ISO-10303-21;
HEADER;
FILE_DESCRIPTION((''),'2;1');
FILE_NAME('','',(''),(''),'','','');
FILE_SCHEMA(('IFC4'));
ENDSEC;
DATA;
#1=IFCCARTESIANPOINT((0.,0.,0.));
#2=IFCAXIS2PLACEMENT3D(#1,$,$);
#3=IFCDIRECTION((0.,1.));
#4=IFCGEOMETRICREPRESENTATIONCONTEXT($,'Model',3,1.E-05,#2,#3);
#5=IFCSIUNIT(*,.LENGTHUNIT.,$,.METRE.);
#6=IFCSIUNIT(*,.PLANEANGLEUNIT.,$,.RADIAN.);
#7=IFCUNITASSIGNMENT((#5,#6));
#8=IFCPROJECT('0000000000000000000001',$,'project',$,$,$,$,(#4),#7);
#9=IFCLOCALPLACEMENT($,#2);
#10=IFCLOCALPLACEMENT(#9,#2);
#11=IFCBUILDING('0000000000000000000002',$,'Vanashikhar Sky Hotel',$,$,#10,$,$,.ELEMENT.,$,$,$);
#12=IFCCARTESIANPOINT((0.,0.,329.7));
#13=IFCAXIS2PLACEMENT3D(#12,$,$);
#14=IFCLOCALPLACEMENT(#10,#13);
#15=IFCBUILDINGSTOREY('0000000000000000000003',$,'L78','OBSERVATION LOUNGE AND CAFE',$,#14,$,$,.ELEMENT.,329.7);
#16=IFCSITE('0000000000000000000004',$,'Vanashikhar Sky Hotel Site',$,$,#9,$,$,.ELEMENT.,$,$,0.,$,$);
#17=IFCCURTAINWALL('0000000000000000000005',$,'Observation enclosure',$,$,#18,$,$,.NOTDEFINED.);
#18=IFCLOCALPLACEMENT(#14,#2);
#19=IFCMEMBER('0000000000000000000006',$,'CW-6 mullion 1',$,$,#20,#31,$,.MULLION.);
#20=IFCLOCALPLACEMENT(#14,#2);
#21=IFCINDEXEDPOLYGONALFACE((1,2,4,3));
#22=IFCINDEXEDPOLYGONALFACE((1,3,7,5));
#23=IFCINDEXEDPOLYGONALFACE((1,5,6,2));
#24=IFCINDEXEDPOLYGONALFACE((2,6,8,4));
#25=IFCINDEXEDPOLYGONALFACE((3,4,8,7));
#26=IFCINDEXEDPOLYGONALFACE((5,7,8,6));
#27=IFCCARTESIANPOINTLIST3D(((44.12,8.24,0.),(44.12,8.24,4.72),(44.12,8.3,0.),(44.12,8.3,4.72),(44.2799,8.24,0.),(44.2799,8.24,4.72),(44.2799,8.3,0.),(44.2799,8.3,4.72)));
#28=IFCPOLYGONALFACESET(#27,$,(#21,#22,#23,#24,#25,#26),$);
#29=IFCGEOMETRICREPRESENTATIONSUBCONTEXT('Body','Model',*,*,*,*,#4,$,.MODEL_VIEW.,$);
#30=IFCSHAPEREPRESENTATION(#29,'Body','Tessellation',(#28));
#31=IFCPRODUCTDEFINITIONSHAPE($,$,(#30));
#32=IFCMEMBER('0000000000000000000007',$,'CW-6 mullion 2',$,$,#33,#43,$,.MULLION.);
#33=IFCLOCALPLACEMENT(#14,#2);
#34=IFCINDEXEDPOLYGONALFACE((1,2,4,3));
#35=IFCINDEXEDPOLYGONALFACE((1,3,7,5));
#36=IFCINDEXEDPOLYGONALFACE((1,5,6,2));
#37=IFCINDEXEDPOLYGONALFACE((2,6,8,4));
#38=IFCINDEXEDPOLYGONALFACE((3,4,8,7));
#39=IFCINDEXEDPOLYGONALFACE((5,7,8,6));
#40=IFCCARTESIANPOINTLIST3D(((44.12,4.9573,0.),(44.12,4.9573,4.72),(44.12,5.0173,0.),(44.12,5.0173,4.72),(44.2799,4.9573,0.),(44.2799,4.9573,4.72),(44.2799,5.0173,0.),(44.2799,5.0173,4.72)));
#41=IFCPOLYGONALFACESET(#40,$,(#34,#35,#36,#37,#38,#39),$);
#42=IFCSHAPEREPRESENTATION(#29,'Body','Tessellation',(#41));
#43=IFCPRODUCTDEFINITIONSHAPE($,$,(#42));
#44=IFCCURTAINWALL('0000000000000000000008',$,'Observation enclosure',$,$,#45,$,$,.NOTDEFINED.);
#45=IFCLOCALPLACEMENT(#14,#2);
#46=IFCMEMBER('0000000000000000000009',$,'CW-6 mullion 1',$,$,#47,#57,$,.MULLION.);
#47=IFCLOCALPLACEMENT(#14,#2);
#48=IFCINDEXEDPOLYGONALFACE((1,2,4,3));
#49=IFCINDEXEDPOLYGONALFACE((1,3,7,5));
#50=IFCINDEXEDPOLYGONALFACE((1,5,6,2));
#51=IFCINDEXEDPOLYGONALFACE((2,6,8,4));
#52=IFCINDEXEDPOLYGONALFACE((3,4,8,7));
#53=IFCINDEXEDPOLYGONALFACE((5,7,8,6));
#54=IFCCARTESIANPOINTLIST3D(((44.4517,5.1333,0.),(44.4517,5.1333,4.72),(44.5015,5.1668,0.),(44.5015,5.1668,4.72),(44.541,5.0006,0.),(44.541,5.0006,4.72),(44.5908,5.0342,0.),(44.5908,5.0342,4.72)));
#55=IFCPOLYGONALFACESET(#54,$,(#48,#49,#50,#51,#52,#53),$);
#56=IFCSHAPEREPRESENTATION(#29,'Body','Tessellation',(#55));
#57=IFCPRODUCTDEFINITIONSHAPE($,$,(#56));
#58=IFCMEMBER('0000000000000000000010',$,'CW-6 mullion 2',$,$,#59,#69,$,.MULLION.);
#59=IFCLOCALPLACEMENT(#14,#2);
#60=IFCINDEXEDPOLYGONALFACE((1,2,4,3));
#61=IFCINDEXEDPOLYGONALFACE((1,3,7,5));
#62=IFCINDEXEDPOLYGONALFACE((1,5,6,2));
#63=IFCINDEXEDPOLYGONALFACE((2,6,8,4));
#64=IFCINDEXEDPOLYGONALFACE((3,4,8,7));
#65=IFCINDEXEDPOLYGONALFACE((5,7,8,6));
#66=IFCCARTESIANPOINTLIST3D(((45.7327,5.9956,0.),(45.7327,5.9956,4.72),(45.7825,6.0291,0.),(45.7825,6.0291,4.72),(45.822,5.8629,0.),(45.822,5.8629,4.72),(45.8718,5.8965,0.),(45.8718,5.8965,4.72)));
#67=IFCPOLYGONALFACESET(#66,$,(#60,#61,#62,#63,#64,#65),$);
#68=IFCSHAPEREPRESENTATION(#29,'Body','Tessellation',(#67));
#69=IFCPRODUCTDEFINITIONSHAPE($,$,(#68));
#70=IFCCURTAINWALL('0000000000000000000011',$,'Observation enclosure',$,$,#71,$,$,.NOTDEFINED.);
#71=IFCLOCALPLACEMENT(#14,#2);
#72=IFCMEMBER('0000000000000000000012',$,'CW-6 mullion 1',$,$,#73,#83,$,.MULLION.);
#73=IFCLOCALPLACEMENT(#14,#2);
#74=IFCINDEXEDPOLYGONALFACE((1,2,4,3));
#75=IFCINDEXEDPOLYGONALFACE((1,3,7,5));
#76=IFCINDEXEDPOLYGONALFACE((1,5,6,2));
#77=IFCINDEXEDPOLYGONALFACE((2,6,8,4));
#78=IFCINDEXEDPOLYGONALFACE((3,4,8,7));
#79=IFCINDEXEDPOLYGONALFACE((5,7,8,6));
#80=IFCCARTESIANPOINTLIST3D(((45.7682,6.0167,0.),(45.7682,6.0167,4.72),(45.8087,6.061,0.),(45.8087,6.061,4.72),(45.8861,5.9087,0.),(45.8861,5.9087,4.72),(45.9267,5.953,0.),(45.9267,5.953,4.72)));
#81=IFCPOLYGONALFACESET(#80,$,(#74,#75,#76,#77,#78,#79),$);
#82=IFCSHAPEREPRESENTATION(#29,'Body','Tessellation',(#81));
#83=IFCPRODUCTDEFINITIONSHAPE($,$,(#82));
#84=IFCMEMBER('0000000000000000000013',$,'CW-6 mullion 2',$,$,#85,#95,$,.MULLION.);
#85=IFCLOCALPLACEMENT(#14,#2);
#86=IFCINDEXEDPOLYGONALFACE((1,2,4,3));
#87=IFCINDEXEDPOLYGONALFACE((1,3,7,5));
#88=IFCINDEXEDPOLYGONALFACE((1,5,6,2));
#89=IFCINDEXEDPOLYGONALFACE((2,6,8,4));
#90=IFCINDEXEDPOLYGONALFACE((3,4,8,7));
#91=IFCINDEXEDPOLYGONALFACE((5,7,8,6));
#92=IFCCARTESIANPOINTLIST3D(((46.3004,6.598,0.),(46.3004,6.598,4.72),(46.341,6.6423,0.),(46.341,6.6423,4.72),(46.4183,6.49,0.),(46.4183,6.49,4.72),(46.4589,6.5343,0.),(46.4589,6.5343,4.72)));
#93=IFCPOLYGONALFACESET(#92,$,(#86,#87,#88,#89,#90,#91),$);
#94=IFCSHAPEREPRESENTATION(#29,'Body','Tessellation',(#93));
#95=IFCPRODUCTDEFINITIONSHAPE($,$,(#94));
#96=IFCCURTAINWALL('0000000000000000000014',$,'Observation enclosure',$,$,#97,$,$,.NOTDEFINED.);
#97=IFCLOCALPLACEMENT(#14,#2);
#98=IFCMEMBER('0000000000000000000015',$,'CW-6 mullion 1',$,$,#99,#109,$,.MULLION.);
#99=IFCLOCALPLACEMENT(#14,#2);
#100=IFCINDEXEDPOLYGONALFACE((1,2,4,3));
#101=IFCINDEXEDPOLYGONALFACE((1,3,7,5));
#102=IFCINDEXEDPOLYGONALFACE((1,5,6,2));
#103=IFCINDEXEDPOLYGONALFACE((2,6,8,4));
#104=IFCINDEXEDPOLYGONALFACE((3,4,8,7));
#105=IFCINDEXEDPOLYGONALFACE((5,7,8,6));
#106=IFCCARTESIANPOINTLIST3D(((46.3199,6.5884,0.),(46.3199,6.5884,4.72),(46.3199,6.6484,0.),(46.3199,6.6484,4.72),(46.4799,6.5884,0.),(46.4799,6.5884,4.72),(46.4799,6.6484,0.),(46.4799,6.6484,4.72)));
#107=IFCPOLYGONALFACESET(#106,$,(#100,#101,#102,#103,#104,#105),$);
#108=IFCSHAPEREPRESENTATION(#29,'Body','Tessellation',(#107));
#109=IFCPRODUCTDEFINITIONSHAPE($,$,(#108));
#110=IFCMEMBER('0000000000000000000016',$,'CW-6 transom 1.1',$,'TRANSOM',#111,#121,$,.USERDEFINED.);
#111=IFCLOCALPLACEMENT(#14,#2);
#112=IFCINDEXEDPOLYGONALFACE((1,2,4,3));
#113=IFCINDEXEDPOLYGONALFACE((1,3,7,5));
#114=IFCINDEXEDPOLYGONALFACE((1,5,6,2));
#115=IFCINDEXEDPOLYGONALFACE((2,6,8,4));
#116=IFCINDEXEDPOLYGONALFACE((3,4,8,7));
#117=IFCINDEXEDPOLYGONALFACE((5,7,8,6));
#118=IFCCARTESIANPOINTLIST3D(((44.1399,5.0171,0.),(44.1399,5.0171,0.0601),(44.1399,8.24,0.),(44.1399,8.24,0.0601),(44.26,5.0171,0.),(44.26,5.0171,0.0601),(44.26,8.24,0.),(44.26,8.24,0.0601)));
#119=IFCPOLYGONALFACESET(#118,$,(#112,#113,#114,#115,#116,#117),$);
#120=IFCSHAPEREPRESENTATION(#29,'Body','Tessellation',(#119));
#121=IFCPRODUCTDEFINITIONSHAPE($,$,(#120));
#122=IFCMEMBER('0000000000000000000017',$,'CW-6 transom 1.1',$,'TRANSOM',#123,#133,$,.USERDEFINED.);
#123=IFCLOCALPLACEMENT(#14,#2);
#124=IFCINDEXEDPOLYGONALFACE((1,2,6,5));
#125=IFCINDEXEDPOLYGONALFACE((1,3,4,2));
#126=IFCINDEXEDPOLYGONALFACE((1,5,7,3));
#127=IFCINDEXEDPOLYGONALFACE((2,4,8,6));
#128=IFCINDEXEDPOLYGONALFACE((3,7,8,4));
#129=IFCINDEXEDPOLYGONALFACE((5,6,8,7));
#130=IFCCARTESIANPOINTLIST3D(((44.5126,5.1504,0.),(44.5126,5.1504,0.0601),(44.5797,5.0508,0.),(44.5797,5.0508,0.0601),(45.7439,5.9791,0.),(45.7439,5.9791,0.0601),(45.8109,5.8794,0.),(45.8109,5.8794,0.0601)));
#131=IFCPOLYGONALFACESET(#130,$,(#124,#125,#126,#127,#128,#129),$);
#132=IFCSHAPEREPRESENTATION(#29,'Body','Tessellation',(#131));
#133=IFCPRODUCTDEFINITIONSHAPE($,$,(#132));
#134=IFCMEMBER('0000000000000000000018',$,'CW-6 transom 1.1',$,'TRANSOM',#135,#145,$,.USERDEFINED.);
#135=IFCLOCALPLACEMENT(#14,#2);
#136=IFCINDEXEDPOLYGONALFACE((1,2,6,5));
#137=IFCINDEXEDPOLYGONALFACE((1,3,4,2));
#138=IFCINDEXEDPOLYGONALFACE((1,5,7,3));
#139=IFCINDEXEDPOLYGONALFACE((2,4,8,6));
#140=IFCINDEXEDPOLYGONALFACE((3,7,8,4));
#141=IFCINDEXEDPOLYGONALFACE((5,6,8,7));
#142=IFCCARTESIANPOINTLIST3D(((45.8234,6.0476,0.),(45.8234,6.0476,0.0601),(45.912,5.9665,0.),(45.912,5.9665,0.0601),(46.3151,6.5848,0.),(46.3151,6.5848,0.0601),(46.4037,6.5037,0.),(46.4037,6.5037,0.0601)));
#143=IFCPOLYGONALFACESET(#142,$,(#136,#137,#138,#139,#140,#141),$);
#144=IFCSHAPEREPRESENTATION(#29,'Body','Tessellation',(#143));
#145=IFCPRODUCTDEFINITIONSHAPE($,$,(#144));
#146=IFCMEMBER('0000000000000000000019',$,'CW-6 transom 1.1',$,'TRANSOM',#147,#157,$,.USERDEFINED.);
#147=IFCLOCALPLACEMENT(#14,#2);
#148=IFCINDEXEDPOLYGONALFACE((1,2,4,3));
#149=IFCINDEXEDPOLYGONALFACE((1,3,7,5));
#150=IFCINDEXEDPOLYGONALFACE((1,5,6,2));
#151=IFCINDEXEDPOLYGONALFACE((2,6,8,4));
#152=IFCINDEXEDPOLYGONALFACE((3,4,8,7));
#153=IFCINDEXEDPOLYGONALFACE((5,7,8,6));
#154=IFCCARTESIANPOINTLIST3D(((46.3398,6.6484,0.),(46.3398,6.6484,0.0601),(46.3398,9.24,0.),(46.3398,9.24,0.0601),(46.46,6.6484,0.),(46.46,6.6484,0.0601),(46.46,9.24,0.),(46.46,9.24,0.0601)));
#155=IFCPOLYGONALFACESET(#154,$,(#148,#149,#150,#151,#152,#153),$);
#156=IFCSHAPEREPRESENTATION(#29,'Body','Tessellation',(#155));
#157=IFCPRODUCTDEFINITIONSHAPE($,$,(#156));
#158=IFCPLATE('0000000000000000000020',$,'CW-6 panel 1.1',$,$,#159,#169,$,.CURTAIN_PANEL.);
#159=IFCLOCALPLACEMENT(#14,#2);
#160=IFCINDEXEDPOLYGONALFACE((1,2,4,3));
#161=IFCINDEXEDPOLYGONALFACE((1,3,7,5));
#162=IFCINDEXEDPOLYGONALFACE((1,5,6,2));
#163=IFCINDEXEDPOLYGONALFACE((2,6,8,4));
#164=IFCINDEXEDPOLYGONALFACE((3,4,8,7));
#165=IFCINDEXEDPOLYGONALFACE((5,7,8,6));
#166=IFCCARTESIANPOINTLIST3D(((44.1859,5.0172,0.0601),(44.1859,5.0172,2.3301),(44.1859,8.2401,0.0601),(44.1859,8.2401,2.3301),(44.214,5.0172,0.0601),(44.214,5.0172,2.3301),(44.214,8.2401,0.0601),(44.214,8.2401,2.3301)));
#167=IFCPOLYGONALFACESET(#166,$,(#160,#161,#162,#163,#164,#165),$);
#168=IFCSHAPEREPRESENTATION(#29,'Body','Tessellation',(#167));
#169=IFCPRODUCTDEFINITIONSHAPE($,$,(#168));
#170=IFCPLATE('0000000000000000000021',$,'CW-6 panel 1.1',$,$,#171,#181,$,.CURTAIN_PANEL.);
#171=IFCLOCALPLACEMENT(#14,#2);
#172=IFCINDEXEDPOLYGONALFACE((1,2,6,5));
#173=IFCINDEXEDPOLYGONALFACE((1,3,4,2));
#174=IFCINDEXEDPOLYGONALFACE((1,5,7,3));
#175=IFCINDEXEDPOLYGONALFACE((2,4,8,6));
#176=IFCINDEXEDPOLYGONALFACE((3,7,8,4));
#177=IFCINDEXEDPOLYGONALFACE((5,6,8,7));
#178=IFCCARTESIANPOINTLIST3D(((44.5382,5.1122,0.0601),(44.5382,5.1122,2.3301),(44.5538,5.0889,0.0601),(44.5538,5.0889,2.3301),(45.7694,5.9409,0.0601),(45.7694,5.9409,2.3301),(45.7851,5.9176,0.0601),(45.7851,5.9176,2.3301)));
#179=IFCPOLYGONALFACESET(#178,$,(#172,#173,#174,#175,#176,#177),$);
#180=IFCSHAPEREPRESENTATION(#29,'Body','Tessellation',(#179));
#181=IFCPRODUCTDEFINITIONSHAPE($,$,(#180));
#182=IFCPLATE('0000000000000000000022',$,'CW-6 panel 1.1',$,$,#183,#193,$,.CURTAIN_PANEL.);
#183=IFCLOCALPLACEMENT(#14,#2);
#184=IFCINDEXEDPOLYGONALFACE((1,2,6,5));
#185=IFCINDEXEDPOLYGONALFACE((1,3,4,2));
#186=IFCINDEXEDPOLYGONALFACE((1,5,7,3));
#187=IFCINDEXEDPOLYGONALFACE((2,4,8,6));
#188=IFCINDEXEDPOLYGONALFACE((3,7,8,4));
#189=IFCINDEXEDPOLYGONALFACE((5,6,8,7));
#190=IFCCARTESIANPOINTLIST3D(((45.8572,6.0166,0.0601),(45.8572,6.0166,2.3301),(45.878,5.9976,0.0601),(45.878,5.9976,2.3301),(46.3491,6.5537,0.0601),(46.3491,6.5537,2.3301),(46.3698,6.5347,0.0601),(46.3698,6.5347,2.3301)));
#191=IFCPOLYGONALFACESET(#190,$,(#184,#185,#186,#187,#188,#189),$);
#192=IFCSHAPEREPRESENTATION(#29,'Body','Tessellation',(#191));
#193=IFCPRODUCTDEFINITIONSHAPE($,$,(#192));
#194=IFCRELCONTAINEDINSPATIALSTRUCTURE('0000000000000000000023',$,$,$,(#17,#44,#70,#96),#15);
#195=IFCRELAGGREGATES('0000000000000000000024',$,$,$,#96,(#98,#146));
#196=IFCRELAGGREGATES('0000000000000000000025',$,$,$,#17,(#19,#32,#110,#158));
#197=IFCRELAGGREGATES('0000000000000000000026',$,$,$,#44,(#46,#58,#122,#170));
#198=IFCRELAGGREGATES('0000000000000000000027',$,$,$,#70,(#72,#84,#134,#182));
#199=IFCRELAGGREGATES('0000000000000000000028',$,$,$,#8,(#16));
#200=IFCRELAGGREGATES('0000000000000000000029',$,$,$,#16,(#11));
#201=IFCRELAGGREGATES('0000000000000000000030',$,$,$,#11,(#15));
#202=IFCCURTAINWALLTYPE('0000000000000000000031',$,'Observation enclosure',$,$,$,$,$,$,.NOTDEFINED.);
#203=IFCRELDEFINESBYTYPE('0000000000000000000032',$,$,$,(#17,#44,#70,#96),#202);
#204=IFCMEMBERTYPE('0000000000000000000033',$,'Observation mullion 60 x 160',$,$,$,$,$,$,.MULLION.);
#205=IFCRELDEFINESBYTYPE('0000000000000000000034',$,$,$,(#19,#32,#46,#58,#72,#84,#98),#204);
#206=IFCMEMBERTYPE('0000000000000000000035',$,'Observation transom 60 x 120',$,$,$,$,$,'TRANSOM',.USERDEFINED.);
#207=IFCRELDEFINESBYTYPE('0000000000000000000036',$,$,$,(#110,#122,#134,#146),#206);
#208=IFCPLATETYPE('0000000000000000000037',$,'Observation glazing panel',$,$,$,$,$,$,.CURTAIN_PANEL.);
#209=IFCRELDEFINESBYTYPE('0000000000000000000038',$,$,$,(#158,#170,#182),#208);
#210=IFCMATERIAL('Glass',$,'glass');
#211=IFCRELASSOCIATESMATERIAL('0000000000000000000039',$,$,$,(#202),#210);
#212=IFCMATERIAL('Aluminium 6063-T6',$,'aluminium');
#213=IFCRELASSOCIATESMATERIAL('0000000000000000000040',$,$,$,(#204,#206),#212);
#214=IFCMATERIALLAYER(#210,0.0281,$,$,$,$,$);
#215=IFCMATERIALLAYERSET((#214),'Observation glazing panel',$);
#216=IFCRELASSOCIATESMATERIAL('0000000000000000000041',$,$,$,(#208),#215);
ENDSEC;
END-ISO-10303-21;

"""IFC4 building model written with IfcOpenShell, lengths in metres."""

from ifc_helpers import new_model, si_unit, direction, frame, origin, origin_2d, place, context, subcontext, project, spatial, rectangle, extrude, source, transform, mapped, material, layer, layer_set, material_profile, profile_set, type_object, element, aggregate, save


model = new_model("IFC4")

# Units and contexts
model_context = context("Model", 3, precision=1e-05, world=origin(), true_north=direction((0.0, 1.0)))
body_context = subcontext(model_context, "Body", "Model", "MODEL_VIEW")
ifc_project = project(units=[si_unit("LENGTHUNIT", "METRE"), si_unit("PLANEANGLEUNIT", "RADIAN")], contexts=[model_context])

# Site, building, storey
site_placement = place(None, origin())
site = spatial("IfcSite", under=ifc_project, at=site_placement, Name="Vanashikhar Sky Hotel Site", CompositionType="ELEMENT", RefElevation=0.0)
building_placement = place(site_placement, origin())
building = spatial("IfcBuilding", under=site, at=building_placement, Name="Vanashikhar Sky Hotel", CompositionType="ELEMENT")
storey_placement = place(building_placement, frame((0.0, 0.0, 329.7)))
storey = spatial("IfcBuildingStorey", under=building, at=storey_placement, Name="L78", Description="OBSERVATION LOUNGE AND CAFE", CompositionType="ELEMENT", Elevation=329.7)

# Curtain walls, members
ifc_material_1 = material(Name="Glass", Category="glass")
curtain_wall_type = type_object("IfcCurtainWallType", Name="Observation enclosure", PredefinedType="NOTDEFINED", material=ifc_material_1)
curtain_wall_1_placement = place(storey_placement, origin())
curtain_wall_1 = element("IfcCurtainWall", 1, at=curtain_wall_1_placement, inside=storey, type_object=curtain_wall_type, Name="Observation enclosure", PredefinedType="NOTDEFINED")
ifc_material_2 = material(Name="Aluminium 6063-T6", Category="aluminium")
ifc_material_profile_1 = material_profile(ifc_material_2, rectangle(XDim=0.1599, YDim=0.0601, at=origin_2d()))
ifc_profile_set_1 = profile_set([ifc_material_profile_1], Name="Aluminium 6063-T6")
member_type_1 = type_object("IfcMemberType", Name="Observation mullion 60 x 160", PredefinedType="MULLION", material=ifc_profile_set_1)
shared_shape_1 = source(origin(), body_context, "Body", "SweptSolid", [
    extrude(rectangle(XDim=0.1599, YDim=0.0601, at=origin_2d()), origin(), (0.0, 0.0, 1.0), 4.72),
])
member_1_placement = place(storey_placement, frame((44.2, 8.27, 0.0), z_axis=(0.0, 0.0, 1.0), x_axis=(1.0, 0.0, 0.0)))
member_1 = element("IfcMember", 2, at=member_1_placement, type_object=member_type_1, Name="CW-6 mullion 1", PredefinedType="MULLION", context=body_context, shape_type="MappedRepresentation", body=[
    mapped(shared_shape_1, transform((0.0, 0.0, 0.0), scale=1.0)),
])
member_2_placement = place(storey_placement, frame((44.2, 4.9873, 0.0), z_axis=(0.0, 0.0, 1.0), x_axis=(1.0, 0.0, 0.0)))
member_2 = element("IfcMember", 3, at=member_2_placement, type_object=member_type_1, Name="CW-6 mullion 2", PredefinedType="MULLION", context=body_context, shape_type="MappedRepresentation", body=[
    mapped(shared_shape_1, transform((0.0, 0.0, 0.0), scale=1.0)),
])
curtain_wall_2_placement = place(storey_placement, origin())
curtain_wall_2 = element("IfcCurtainWall", 4, at=curtain_wall_2_placement, inside=storey, type_object=curtain_wall_type, Name="Observation enclosure", PredefinedType="NOTDEFINED")
member_3_placement = place(storey_placement, frame((44.5212, 5.0837, 0.0), z_axis=(0.0, 0.0, 1.0), x_axis=(-0.558363, 0.829597, 0.0)))
member_3 = element("IfcMember", 5, at=member_3_placement, type_object=member_type_1, Name="CW-6 mullion 1", PredefinedType="MULLION", context=body_context, shape_type="MappedRepresentation", body=[
    mapped(shared_shape_1, transform((0.0, 0.0, 0.0), scale=1.0)),
])
member_4_placement = place(storey_placement, frame((45.8022, 5.946, 0.0), z_axis=(0.0, 0.0, 1.0), x_axis=(-0.558363, 0.829597, 0.0)))
member_4 = element("IfcMember", 6, at=member_4_placement, type_object=member_type_1, Name="CW-6 mullion 2", PredefinedType="MULLION", context=body_context, shape_type="MappedRepresentation", body=[
    mapped(shared_shape_1, transform((0.0, 0.0, 0.0), scale=1.0)),
])
curtain_wall_3_placement = place(storey_placement, origin())
curtain_wall_3 = element("IfcCurtainWall", 7, at=curtain_wall_3_placement, inside=storey, type_object=curtain_wall_type, Name="Observation enclosure", PredefinedType="NOTDEFINED")
member_5_placement = place(storey_placement, frame((45.8474, 5.9849, 0.0), z_axis=(0.0, 0.0, 1.0), x_axis=(-0.737487, 0.675362, 0.0)))
member_5 = element("IfcMember", 8, at=member_5_placement, type_object=member_type_1, Name="CW-6 mullion 1", PredefinedType="MULLION", context=body_context, shape_type="MappedRepresentation", body=[
    mapped(shared_shape_1, transform((0.0, 0.0, 0.0), scale=1.0)),
])
member_6_placement = place(storey_placement, frame((46.3796, 6.5662, 0.0), z_axis=(0.0, 0.0, 1.0), x_axis=(-0.737487, 0.675362, 0.0)))
member_6 = element("IfcMember", 9, at=member_6_placement, type_object=member_type_1, Name="CW-6 mullion 2", PredefinedType="MULLION", context=body_context, shape_type="MappedRepresentation", body=[
    mapped(shared_shape_1, transform((0.0, 0.0, 0.0), scale=1.0)),
])

# Curtain wall, member
curtain_wall_4_placement = place(storey_placement, origin())
curtain_wall_4 = element("IfcCurtainWall", 10, at=curtain_wall_4_placement, inside=storey, type_object=curtain_wall_type, Name="Observation enclosure", PredefinedType="NOTDEFINED")
member_7_placement = place(storey_placement, frame((46.3999, 6.6184, 0.0), z_axis=(0.0, 0.0, 1.0), x_axis=(-1.0, 0.0, 0.0)))
member_7 = element("IfcMember", 11, at=member_7_placement, type_object=member_type_1, Name="CW-6 mullion 1", PredefinedType="MULLION", context=body_context, shape_type="MappedRepresentation", body=[
    mapped(shared_shape_1, transform((0.0, 0.0, 0.0), scale=1.0)),
])

# Members
ifc_material_profile_2 = material_profile(ifc_material_2, rectangle(XDim=0.1201, YDim=0.0601, at=origin_2d()))
ifc_profile_set_2 = profile_set([ifc_material_profile_2], Name="Aluminium 6063-T6")
member_type_2 = type_object("IfcMemberType", Name="Observation transom 60 x 120", ElementType="TRANSOM", PredefinedType="USERDEFINED", material=ifc_profile_set_2)
shared_shape_2 = source(origin(), body_context, "Body", "SweptSolid", [
    extrude(rectangle(XDim=0.1201, YDim=0.0601, at=origin_2d()), origin(), (0.0, 0.0, 1.0), 3.2229),
])
member_8_placement = place(storey_placement, frame((44.2, 8.24, 0.03), z_axis=(0.0, -1.0, 0.0), x_axis=(1.0, 0.0, 0.0)))
member_8 = element("IfcMember", 12, at=member_8_placement, type_object=member_type_2, Name="CW-6 transom 1.1", ObjectType="TRANSOM", PredefinedType="USERDEFINED", context=body_context, shape_type="MappedRepresentation", body=[
    mapped(shared_shape_2, transform((0.0, 0.0, 0.0), scale=1.0)),
])
shared_shape_3 = source(origin(), body_context, "Body", "SweptSolid", [
    extrude(rectangle(XDim=0.1201, YDim=0.0601, at=origin_2d()), origin(), (0.0, 0.0, 1.0), 1.4841),
])
member_9_placement = place(storey_placement, frame((44.5461, 5.1006, 0.03), z_axis=(0.829613, 0.558339, 0.0), x_axis=(-0.558339, 0.829613, 0.0)))
member_9 = element("IfcMember", 13, at=member_9_placement, type_object=member_type_2, Name="CW-6 transom 1.1", ObjectType="TRANSOM", PredefinedType="USERDEFINED", context=body_context, shape_type="MappedRepresentation", body=[
    mapped(shared_shape_3, transform((0.0, 0.0, 0.0), scale=1.0)),
])
shared_shape_4 = source(origin(), body_context, "Body", "SweptSolid", [
    extrude(rectangle(XDim=0.1201, YDim=0.0601, at=origin_2d()), origin(), (0.0, 0.0, 1.0), 0.7283),
])
member_10_placement = place(storey_placement, frame((45.8677, 6.0071, 0.03), z_axis=(0.675239, 0.737599, 0.0), x_axis=(-0.737599, 0.675239, 0.0)))
member_10 = element("IfcMember", 14, at=member_10_placement, type_object=member_type_2, Name="CW-6 transom 1.1", ObjectType="TRANSOM", PredefinedType="USERDEFINED", context=body_context, shape_type="MappedRepresentation", body=[
    mapped(shared_shape_4, transform((0.0, 0.0, 0.0), scale=1.0)),
])
shared_shape_5 = source(origin(), body_context, "Body", "SweptSolid", [
    extrude(rectangle(XDim=0.1201, YDim=0.0601, at=origin_2d()), origin(), (0.0, 0.0, 1.0), 2.5916),
])
member_11_placement = place(storey_placement, frame((46.3999, 6.6484, 0.03), z_axis=(0.0, 1.0, 0.0), x_axis=(-1.0, 0.0, 0.0)))
member_11 = element("IfcMember", 15, at=member_11_placement, type_object=member_type_2, Name="CW-6 transom 1.1", ObjectType="TRANSOM", PredefinedType="USERDEFINED", context=body_context, shape_type="MappedRepresentation", body=[
    mapped(shared_shape_5, transform((0.0, 0.0, 0.0), scale=1.0)),
])
aggregate(curtain_wall_4, [member_7, member_11])

# Plates
ifc_layer_1 = layer(ifc_material_1, 0.0281)
ifc_layer_set_1 = layer_set([ifc_layer_1], Name="Observation glazing panel")
plate_type = type_object("IfcPlateType", Name="Observation glazing panel", PredefinedType="CURTAIN_PANEL", material=ifc_layer_set_1)
shared_shape_6 = source(origin(), body_context, "Body", "SweptSolid", [
    extrude(rectangle(XDim=3.2229, YDim=0.0281, at=origin_2d()), origin(), (0.0, 0.0, 1.0), 2.27),
])
plate_1_placement = place(storey_placement, frame((44.2, 6.6287, 0.0601), z_axis=(0.0, 0.0, 1.0), x_axis=(0.0, -1.0, 0.0)))
plate_1 = element("IfcPlate", 16, at=plate_1_placement, type_object=plate_type, Name="CW-6 panel 1.1", PredefinedType="CURTAIN_PANEL", context=body_context, shape_type="MappedRepresentation", body=[
    mapped(shared_shape_6, transform((0.0, 0.0, 0.0), scale=1.0)),
])
aggregate(curtain_wall_1, [member_1, member_2, member_8, plate_1])
shared_shape_7 = source(origin(), body_context, "Body", "SweptSolid", [
    extrude(rectangle(XDim=1.4841, YDim=0.0281, at=origin_2d()), origin(), (0.0, 0.0, 1.0), 2.27),
])
plate_2_placement = place(storey_placement, frame((45.1616, 5.5149, 0.0601), z_axis=(0.0, 0.0, 1.0), x_axis=(0.829597, 0.558363, 0.0)))
plate_2 = element("IfcPlate", 17, at=plate_2_placement, type_object=plate_type, Name="CW-6 panel 1.1", PredefinedType="CURTAIN_PANEL", context=body_context, shape_type="MappedRepresentation", body=[
    mapped(shared_shape_7, transform((0.0, 0.0, 0.0), scale=1.0)),
])
aggregate(curtain_wall_2, [member_3, member_4, member_9, plate_2])
shared_shape_8 = source(origin(), body_context, "Body", "SweptSolid", [
    extrude(rectangle(XDim=0.7283, YDim=0.0281, at=origin_2d()), origin(), (0.0, 0.0, 1.0), 2.27),
])
plate_3_placement = place(storey_placement, frame((46.1135, 6.2756, 0.0601), z_axis=(0.0, 0.0, 1.0), x_axis=(0.675362, 0.737487, 0.0)))
plate_3 = element("IfcPlate", 18, at=plate_3_placement, type_object=plate_type, Name="CW-6 panel 1.1", PredefinedType="CURTAIN_PANEL", context=body_context, shape_type="MappedRepresentation", body=[
    mapped(shared_shape_8, transform((0.0, 0.0, 0.0), scale=1.0)),
])
aggregate(curtain_wall_3, [member_5, member_6, member_10, plate_3])

save(model, "model.ifc")
